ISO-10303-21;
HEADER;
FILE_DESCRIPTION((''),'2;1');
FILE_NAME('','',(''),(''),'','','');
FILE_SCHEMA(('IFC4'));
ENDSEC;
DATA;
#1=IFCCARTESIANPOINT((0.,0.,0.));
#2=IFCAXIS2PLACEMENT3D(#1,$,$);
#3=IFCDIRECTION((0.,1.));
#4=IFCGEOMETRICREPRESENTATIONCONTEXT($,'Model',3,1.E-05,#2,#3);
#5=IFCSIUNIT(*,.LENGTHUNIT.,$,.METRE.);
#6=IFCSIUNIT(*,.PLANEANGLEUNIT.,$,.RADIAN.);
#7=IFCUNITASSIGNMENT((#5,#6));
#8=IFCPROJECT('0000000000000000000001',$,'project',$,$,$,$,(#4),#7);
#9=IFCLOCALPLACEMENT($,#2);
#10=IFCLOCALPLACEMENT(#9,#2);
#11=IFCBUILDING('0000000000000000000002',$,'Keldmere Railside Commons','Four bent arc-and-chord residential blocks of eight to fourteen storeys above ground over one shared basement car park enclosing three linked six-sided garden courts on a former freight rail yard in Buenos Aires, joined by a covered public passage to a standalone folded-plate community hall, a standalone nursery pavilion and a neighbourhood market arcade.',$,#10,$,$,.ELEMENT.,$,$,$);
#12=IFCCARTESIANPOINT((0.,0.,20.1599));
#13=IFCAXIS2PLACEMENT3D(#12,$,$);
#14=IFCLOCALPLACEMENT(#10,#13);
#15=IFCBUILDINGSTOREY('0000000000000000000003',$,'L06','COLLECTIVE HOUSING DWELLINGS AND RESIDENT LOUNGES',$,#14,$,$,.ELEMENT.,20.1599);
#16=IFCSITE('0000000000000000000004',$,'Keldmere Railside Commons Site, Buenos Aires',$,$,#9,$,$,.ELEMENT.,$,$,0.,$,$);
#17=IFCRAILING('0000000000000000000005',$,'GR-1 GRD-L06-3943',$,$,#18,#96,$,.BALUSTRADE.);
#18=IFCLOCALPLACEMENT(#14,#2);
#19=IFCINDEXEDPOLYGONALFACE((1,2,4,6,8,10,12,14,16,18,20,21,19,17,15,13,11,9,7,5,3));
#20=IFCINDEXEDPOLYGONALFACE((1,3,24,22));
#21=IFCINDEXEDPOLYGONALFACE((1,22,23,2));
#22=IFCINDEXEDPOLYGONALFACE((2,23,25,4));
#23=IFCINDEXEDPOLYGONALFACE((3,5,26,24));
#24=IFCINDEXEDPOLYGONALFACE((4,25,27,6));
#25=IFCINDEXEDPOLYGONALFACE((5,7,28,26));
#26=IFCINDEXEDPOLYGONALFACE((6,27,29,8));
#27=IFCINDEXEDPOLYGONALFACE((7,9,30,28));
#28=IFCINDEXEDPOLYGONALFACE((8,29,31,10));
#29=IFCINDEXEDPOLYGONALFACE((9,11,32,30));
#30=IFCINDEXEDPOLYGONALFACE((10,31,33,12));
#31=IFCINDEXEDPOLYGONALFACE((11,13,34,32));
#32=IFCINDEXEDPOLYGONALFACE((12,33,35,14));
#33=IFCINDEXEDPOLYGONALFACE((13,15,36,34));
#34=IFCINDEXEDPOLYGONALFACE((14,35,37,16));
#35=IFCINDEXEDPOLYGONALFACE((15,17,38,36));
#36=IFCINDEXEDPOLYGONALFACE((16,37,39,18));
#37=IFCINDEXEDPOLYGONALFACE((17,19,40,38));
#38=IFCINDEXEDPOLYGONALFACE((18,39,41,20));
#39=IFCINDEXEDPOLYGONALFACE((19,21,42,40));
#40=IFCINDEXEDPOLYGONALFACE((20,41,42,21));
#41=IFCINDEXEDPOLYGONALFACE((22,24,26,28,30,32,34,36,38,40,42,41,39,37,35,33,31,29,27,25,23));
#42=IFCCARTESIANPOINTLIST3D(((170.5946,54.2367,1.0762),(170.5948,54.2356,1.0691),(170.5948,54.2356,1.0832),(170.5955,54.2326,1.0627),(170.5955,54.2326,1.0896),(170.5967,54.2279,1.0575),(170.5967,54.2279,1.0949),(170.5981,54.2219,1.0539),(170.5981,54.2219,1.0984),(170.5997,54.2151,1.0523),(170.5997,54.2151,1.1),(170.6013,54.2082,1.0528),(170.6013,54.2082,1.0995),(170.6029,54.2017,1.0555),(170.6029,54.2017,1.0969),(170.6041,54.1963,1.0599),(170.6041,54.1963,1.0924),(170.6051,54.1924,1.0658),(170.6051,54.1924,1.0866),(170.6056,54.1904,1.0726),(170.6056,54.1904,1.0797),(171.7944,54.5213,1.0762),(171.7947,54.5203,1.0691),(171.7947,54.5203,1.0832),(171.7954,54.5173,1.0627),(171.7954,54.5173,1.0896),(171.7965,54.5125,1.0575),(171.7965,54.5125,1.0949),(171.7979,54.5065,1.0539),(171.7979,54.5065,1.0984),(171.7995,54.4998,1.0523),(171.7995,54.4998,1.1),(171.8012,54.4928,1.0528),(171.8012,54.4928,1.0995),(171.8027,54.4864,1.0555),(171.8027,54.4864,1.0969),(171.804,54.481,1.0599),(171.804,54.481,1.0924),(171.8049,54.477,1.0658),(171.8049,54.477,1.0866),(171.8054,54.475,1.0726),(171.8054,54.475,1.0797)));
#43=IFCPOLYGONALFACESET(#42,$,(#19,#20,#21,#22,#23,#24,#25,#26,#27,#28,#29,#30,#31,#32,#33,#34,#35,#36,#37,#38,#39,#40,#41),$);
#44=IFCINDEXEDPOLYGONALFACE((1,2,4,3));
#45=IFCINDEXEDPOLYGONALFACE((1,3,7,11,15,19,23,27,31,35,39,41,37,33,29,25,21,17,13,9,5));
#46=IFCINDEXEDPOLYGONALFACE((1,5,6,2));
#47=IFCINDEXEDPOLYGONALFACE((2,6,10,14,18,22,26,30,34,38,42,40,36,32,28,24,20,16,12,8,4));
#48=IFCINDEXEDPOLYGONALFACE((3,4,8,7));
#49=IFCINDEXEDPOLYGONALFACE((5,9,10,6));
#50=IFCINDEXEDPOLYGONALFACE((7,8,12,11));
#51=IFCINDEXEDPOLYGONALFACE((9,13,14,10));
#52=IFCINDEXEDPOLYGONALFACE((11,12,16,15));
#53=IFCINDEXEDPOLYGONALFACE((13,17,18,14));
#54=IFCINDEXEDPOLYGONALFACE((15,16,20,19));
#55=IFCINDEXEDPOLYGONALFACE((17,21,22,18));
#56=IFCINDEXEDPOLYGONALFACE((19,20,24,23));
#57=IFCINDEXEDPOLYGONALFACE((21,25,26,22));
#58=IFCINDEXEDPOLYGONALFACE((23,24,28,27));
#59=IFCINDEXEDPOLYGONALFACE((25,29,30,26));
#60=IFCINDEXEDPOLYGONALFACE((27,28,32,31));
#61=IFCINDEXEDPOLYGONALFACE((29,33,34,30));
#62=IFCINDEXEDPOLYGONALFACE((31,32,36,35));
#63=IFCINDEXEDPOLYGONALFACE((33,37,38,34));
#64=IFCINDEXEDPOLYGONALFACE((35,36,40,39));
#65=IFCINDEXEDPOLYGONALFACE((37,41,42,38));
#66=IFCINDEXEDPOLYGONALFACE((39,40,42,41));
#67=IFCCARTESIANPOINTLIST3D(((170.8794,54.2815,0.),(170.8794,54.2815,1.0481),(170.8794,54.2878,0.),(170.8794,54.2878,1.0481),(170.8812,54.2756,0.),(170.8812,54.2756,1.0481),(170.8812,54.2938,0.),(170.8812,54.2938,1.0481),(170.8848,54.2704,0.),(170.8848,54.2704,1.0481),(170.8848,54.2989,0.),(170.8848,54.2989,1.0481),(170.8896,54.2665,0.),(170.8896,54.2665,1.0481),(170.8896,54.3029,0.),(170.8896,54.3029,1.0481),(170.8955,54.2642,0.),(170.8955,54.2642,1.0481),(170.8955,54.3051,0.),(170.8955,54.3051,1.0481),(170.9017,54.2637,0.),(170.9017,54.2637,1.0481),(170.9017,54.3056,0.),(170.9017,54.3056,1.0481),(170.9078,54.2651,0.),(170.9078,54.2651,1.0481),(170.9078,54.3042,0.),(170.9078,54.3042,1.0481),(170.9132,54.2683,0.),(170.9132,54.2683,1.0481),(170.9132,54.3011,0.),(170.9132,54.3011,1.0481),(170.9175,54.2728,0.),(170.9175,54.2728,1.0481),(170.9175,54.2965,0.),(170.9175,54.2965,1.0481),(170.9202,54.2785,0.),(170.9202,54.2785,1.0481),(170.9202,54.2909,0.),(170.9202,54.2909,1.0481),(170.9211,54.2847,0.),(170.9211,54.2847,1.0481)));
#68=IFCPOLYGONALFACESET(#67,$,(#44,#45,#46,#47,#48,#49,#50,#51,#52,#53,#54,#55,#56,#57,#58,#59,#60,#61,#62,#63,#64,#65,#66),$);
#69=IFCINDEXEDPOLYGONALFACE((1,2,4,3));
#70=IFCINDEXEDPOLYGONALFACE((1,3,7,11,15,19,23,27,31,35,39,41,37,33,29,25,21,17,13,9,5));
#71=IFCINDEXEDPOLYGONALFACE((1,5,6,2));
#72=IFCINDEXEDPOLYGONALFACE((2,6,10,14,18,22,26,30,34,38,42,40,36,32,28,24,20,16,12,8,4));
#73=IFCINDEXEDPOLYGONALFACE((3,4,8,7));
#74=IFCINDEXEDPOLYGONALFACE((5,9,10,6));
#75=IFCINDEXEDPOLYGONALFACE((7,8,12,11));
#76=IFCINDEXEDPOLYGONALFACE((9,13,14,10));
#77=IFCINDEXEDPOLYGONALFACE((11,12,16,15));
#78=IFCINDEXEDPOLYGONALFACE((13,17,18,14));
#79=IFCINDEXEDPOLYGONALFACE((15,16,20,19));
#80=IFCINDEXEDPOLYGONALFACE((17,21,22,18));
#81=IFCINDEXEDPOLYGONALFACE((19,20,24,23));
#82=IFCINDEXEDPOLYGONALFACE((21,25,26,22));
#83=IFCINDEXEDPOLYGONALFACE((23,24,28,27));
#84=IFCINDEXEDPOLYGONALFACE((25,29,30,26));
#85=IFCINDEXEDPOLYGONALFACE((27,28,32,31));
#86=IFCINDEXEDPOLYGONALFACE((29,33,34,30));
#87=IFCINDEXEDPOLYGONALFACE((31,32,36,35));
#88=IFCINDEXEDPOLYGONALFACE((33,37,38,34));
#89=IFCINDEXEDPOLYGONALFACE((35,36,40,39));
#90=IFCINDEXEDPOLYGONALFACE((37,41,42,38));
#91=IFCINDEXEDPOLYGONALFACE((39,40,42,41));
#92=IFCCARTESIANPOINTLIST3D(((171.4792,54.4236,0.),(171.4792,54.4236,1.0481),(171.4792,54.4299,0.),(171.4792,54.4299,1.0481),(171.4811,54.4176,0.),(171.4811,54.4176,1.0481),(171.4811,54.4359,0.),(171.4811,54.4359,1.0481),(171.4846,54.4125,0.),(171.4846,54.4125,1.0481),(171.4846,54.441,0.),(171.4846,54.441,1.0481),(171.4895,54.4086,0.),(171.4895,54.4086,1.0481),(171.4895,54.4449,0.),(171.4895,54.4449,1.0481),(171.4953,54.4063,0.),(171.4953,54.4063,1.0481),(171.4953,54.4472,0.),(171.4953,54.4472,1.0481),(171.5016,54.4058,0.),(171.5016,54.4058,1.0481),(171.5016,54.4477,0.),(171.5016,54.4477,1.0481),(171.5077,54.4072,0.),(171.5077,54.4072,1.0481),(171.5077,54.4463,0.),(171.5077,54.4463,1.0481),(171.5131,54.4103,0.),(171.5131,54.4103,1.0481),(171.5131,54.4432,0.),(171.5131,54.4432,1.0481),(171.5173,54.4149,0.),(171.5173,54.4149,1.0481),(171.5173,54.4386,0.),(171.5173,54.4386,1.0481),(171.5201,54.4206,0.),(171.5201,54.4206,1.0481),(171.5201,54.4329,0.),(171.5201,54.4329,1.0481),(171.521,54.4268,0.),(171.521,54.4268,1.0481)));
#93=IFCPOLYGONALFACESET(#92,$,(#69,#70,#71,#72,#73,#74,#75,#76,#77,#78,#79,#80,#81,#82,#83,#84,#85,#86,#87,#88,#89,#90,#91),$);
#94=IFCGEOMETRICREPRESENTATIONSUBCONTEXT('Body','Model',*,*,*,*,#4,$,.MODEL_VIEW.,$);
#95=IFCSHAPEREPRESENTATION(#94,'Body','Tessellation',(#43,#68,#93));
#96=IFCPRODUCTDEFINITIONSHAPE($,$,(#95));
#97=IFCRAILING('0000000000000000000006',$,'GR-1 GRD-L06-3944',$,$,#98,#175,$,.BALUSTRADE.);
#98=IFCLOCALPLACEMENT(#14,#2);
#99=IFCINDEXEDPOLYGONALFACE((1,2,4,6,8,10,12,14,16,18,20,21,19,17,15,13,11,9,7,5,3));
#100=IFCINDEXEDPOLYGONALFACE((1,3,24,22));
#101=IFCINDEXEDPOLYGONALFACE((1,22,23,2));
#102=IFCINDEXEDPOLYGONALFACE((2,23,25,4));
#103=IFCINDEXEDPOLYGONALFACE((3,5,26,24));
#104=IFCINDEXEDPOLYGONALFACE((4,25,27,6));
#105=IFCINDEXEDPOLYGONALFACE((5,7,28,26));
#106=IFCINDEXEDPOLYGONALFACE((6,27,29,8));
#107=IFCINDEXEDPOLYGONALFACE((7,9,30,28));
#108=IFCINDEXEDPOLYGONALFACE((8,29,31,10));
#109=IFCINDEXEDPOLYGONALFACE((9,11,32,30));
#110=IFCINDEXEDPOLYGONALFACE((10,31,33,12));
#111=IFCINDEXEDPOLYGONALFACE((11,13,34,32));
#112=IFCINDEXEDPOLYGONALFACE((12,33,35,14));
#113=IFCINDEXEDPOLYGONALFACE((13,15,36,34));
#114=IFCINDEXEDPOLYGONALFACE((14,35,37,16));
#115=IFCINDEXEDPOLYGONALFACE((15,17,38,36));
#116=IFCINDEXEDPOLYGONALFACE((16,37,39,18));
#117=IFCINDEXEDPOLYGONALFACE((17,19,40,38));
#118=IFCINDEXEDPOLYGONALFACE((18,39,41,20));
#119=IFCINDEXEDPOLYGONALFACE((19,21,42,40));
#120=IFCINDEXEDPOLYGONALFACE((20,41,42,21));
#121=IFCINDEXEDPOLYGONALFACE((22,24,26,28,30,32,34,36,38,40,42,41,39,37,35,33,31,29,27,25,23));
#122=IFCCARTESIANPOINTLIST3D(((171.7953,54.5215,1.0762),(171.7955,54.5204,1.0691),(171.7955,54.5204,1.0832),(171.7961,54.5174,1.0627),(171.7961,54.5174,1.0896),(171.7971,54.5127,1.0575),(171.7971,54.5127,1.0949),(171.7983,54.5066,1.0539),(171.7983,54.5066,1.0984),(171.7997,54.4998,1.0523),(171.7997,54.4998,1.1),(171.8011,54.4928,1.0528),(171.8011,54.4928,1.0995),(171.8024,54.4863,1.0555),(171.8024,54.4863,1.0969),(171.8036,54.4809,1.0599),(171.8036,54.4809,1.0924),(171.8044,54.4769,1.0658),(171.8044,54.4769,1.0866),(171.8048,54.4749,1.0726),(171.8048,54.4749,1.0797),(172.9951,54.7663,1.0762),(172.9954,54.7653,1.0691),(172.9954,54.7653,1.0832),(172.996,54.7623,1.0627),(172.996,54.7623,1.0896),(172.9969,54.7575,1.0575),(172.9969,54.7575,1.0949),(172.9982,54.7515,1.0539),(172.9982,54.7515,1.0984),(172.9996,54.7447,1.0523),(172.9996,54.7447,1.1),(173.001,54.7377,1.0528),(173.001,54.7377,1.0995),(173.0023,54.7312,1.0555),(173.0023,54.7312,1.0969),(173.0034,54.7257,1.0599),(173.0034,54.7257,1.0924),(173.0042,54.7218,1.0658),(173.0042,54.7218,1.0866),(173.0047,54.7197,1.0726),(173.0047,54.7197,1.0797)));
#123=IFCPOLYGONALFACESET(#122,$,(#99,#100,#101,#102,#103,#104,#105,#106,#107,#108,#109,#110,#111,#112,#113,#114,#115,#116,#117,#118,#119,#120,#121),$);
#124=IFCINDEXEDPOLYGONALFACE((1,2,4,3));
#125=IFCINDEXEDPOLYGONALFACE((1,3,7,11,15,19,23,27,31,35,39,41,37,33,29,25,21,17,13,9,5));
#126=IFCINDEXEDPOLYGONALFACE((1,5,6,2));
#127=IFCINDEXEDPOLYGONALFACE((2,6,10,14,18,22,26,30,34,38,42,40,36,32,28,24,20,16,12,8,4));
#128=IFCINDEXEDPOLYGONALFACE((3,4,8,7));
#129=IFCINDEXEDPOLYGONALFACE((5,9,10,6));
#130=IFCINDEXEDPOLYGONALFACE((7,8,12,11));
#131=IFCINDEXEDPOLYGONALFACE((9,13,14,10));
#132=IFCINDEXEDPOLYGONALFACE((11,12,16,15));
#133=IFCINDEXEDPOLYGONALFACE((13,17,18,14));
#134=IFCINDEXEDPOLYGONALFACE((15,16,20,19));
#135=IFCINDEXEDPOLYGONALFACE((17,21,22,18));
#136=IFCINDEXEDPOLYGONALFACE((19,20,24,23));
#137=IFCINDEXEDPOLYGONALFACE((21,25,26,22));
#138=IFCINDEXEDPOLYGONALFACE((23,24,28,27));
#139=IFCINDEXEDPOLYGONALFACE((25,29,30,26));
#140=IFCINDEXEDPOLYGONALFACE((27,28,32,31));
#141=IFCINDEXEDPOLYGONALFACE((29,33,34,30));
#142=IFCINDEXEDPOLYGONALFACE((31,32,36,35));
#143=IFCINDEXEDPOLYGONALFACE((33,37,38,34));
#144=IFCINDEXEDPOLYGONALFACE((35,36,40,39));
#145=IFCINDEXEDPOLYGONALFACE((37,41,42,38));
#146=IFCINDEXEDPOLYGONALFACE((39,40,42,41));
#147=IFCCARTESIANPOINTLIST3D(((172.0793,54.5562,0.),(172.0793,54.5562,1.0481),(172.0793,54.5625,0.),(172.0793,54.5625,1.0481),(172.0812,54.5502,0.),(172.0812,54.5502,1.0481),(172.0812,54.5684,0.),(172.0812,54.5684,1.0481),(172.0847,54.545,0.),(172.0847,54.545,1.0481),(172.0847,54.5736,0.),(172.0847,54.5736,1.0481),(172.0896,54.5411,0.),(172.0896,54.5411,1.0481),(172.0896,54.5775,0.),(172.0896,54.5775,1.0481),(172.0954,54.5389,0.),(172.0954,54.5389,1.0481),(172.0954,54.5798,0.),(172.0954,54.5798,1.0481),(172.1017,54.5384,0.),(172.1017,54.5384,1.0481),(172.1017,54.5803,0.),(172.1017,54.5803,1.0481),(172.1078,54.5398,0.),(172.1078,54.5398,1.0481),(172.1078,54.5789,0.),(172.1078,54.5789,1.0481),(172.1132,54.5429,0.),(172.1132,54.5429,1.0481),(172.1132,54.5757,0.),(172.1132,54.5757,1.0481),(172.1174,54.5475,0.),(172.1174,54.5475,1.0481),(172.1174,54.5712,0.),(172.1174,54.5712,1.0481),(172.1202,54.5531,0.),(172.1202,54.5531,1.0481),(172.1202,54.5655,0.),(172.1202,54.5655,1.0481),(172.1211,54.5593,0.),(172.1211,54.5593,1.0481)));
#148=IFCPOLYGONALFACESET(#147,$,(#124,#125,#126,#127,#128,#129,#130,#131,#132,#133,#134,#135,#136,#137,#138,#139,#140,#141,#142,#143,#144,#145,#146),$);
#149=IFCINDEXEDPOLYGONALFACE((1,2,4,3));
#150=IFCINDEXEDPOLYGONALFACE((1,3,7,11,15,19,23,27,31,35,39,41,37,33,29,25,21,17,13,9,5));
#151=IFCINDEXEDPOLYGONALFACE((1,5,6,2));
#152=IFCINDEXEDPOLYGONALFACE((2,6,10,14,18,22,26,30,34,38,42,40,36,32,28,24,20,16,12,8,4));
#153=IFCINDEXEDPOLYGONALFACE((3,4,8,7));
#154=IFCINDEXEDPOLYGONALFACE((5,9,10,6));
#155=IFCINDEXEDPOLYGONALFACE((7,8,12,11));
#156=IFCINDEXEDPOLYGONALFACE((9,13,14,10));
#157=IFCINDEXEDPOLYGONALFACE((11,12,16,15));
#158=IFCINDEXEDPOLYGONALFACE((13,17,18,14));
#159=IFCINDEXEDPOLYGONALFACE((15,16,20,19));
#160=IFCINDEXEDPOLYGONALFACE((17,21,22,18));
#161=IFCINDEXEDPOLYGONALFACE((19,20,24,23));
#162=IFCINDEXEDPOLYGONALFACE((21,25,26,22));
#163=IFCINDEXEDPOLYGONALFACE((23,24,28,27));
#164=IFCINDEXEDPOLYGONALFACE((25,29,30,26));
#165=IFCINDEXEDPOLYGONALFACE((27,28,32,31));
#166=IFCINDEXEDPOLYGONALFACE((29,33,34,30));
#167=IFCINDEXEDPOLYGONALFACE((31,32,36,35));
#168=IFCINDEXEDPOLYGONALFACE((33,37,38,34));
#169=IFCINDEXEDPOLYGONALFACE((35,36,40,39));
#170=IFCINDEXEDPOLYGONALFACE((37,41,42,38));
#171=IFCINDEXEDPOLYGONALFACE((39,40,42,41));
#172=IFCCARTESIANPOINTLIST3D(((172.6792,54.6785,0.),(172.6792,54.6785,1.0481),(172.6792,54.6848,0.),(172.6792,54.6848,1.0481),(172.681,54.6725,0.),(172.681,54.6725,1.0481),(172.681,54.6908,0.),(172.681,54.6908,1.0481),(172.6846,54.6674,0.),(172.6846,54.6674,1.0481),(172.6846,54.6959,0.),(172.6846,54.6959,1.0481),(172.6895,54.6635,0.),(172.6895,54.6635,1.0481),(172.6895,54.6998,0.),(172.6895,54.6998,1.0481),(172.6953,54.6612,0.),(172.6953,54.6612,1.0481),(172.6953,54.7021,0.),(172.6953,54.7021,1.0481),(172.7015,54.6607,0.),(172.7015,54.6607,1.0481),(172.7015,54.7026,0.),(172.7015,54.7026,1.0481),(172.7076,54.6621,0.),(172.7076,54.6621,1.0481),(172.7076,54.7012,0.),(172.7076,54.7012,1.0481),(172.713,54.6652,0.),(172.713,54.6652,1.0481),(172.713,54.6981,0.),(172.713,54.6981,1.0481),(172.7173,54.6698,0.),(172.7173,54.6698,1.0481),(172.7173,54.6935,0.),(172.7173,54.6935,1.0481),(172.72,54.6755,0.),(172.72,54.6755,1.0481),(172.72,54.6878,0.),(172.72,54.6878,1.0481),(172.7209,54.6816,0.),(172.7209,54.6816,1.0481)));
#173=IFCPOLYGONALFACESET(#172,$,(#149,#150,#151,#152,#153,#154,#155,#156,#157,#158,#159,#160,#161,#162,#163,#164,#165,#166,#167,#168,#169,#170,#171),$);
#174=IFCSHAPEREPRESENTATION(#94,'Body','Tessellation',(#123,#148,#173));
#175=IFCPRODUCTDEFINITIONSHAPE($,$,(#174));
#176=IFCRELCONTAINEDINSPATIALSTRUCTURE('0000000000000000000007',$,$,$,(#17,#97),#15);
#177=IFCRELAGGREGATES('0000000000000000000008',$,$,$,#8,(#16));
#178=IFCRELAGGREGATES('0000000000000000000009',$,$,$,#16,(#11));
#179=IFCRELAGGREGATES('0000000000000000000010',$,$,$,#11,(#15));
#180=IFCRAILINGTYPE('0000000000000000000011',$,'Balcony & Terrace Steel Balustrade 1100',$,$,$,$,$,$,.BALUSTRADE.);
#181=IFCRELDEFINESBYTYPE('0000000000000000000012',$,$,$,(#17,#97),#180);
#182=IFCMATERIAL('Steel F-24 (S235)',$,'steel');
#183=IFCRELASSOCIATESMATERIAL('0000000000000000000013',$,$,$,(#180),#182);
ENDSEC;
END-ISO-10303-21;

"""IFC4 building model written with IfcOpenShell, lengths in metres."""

from ifc_helpers import new_model, si_unit, direction, frame, origin, origin_2d, place, context, subcontext, project, spatial, circle, extrude, material, type_object, element, save


model = new_model("IFC4")

# Units and contexts
model_context = context("Model", 3, precision=1e-05, world=origin(), true_north=direction((0.0, 1.0)))
body_context = subcontext(model_context, "Body", "Model", "MODEL_VIEW")
ifc_project = project(units=[si_unit("LENGTHUNIT", "METRE"), si_unit("PLANEANGLEUNIT", "RADIAN")], contexts=[model_context])

# Site, building, storey
site_placement = place(None, origin())
site = spatial("IfcSite", under=ifc_project, at=site_placement, Name="Keldmere Railside Commons Site, Buenos Aires", CompositionType="ELEMENT", RefElevation=0.0)
building_placement = place(site_placement, origin())
building = spatial("IfcBuilding", under=site, at=building_placement, Name="Keldmere Railside Commons", Description="Four bent arc-and-chord residential blocks of eight to fourteen storeys above ground over one shared basement car park enclosing three linked six-sided garden courts on a former freight rail yard in Buenos Aires, joined by a covered public passage to a standalone folded-plate community hall, a standalone nursery pavilion and a neighbourhood market arcade.", CompositionType="ELEMENT")
storey_placement = place(building_placement, frame((0.0, 0.0, 20.1599)))
storey = spatial("IfcBuildingStorey", under=building, at=storey_placement, Name="L06", Description="COLLECTIVE HOUSING DWELLINGS AND RESIDENT LOUNGES", CompositionType="ELEMENT", Elevation=20.1599)

# Railings
ifc_material_1 = material(Name="Steel F-24 (S235)", Category="steel")
railing_type = type_object("IfcRailingType", Name="Balcony & Terrace Steel Balustrade 1100", PredefinedType="BALUSTRADE", material=ifc_material_1)
railing_1_placement = place(storey_placement, frame((170.6001, 54.2134, 0.0)))
element("IfcRailing", 1, at=railing_1_placement, inside=storey, type_object=railing_type, Name="GR-1 GRD-L06-3943", PredefinedType="BALUSTRADE", context=body_context, shape_type="SweptSolid", body=[
    extrude(circle(Radius=0.0239, at=origin_2d()), frame((0.0, 0.0, 1.0762), z_axis=(0.972995, 0.230826, 0.0), x_axis=(-0.230826, 0.972995, 0.0)), (0.0, 0.0, 1.0), 1.2332),
    extrude(circle(Radius=0.021, at=origin_2d()), frame((0.3, 0.0713, 0.0)), (0.0, 0.0, 1.0), 1.0481),
    extrude(circle(Radius=0.021, at=origin_2d()), frame((0.8999, 0.2134, 0.0)), (0.0, 0.0, 1.0), 1.0481),
])
railing_2_placement = place(storey_placement, frame((171.8, 54.498, 0.0)))
element("IfcRailing", 2, at=railing_2_placement, inside=storey, type_object=railing_type, Name="GR-1 GRD-L06-3944", PredefinedType="BALUSTRADE", context=body_context, shape_type="SweptSolid", body=[
    extrude(circle(Radius=0.0239, at=origin_2d()), frame((0.0, 0.0, 1.0762), z_axis=(0.979806, 0.199948, 0.0), x_axis=(-0.199948, 0.979806, 0.0)), (0.0, 0.0, 1.0), 1.2246),
    extrude(circle(Radius=0.021, at=origin_2d()), frame((0.3, 0.0613, 0.0)), (0.0, 0.0, 1.0), 1.0481),
    extrude(circle(Radius=0.021, at=origin_2d()), frame((0.8999, 0.1836, 0.0)), (0.0, 0.0, 1.0), 1.0481),
])

save(model, "model.ifc")
